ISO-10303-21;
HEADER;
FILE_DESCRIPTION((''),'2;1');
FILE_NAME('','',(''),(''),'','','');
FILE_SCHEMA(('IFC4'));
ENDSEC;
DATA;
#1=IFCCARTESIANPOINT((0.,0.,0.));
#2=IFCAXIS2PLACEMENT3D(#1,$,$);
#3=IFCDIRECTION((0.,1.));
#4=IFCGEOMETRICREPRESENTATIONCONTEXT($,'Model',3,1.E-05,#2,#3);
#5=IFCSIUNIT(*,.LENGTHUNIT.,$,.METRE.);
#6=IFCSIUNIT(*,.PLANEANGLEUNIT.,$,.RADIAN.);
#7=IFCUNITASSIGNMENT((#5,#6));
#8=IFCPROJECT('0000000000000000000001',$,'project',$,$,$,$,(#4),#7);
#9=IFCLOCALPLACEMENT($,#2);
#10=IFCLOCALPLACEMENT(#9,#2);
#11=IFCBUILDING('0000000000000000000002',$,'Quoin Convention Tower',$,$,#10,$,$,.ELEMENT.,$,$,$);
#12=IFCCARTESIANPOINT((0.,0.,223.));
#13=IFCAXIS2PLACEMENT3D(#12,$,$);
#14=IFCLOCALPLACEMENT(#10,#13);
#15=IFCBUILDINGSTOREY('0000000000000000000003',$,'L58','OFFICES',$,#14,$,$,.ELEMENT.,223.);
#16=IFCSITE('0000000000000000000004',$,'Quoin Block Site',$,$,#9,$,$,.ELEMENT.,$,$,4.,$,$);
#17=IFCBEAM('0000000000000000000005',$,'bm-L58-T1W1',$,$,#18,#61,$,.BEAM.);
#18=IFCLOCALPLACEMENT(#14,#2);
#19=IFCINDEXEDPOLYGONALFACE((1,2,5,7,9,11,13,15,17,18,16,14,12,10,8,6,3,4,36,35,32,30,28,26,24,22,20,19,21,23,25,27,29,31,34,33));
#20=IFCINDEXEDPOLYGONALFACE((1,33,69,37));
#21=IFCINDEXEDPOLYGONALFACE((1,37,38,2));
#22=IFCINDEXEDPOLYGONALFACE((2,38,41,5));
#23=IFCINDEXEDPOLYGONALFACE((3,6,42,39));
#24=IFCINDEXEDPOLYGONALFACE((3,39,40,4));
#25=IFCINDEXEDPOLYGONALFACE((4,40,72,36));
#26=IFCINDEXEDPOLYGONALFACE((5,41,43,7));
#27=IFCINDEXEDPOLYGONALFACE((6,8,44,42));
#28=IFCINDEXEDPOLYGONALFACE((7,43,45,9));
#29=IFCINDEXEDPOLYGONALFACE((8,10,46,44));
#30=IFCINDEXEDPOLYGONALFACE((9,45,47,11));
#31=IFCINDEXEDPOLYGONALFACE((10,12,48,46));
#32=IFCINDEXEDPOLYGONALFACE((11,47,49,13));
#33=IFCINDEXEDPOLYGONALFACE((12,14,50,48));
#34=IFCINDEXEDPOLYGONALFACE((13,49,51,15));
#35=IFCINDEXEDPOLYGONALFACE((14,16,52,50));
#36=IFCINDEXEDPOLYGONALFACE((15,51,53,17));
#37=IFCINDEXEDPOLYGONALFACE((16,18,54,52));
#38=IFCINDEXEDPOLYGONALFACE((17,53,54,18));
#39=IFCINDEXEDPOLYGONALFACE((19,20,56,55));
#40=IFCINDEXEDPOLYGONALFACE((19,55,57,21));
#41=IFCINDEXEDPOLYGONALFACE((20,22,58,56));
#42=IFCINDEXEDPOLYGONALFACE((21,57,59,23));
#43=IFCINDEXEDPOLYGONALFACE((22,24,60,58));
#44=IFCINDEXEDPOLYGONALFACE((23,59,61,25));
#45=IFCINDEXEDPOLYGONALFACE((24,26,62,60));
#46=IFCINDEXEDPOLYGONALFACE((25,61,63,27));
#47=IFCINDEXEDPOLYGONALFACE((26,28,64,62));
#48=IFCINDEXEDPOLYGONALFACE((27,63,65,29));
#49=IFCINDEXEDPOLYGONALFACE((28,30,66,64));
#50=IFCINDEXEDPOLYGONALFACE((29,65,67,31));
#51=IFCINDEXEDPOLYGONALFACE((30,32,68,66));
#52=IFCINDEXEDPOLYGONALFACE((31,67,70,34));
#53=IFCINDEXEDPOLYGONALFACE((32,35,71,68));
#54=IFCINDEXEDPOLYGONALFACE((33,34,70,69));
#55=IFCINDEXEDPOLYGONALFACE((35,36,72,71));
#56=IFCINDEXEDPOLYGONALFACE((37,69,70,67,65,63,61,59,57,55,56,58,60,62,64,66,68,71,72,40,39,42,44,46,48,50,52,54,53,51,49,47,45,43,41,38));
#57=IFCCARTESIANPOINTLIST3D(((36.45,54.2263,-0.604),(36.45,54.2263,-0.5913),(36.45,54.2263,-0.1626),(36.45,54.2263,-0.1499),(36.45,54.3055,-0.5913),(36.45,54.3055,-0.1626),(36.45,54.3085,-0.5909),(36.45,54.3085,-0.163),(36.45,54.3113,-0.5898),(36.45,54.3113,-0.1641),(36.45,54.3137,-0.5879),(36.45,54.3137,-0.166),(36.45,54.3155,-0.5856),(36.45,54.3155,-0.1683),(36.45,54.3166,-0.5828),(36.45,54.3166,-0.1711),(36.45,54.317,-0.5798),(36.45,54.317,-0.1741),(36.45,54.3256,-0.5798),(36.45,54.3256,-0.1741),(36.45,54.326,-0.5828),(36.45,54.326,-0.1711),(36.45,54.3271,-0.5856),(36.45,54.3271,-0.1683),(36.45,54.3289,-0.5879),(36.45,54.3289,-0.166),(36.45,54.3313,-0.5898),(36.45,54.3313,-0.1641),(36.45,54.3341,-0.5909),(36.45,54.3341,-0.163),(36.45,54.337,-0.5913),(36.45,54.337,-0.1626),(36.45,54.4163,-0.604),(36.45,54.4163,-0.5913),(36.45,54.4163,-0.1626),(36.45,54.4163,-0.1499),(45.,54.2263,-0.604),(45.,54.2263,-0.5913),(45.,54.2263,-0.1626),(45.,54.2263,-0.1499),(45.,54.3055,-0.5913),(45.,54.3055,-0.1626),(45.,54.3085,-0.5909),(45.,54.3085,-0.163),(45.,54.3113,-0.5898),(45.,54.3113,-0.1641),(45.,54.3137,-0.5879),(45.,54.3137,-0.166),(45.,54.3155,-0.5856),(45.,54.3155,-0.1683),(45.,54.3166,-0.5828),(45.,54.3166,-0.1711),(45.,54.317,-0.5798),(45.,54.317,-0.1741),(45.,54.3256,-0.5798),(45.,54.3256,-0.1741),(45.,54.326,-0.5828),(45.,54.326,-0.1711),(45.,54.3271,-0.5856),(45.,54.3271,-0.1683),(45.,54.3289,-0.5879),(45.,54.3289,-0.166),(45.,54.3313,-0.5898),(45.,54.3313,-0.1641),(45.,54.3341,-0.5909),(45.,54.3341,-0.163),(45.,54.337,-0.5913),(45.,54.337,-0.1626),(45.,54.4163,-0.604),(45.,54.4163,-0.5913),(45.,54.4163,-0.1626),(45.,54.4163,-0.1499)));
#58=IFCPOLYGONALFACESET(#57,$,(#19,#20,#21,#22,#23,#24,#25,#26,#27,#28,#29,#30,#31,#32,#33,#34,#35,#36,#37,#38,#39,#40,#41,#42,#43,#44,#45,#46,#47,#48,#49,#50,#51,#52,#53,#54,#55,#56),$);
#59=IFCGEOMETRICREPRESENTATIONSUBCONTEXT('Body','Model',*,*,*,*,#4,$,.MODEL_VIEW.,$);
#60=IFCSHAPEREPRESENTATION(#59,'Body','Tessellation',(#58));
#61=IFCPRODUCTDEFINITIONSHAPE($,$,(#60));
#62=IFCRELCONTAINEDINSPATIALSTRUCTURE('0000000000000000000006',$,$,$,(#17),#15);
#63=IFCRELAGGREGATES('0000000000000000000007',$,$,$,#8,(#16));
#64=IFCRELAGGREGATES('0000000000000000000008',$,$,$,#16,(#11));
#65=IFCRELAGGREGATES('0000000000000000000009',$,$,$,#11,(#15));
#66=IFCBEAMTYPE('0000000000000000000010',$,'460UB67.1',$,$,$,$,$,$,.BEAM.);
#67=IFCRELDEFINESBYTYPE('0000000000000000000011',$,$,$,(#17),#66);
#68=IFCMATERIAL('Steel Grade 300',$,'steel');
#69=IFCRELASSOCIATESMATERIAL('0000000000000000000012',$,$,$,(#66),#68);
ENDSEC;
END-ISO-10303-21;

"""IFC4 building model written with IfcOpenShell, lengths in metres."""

from ifc_helpers import new_model, si_unit, direction, frame, origin, origin_2d, place, context, subcontext, project, spatial, i_section, extrude, material, material_profile, profile_set, type_object, element, save


model = new_model("IFC4")

# Units and contexts
model_context = context("Model", 3, precision=1e-05, world=origin(), true_north=direction((0.0, 1.0)))
body_context = subcontext(model_context, "Body", "Model", "MODEL_VIEW")
ifc_project = project(units=[si_unit("LENGTHUNIT", "METRE"), si_unit("PLANEANGLEUNIT", "RADIAN")], contexts=[model_context])

# Site, building, storey
site_placement = place(None, origin())
site = spatial("IfcSite", under=ifc_project, at=site_placement, Name="Quoin Block Site", CompositionType="ELEMENT", RefElevation=4.0)
building_placement = place(site_placement, origin())
building = spatial("IfcBuilding", under=site, at=building_placement, Name="Quoin Convention Tower", CompositionType="ELEMENT")
storey_placement = place(building_placement, frame((0.0, 0.0, 223.0)))
storey = spatial("IfcBuildingStorey", under=building, at=storey_placement, Name="L58", Description="OFFICES", CompositionType="ELEMENT", Elevation=223.0)

# Beam
ifc_material_1 = material(Name="Steel Grade 300", Category="steel")
ifc_material_profile = material_profile(ifc_material_1, i_section(OverallWidth=0.1899, OverallDepth=0.4541, WebThickness=0.0085, FlangeThickness=0.0127, FilletRadius=0.0115, at=origin_2d()), Name="460UB67.1")
ifc_profile_set = profile_set([ifc_material_profile], Name="Steel Grade 300")
beam_type = type_object("IfcBeamType", Name="460UB67.1", PredefinedType="BEAM", material=ifc_profile_set)
beam_placement = place(storey_placement, frame((36.45, 54.3213, -0.377), z_axis=(1.0, 0.0, 0.0), x_axis=(0.0, 1.0, 0.0)))
element("IfcBeam", 1, at=beam_placement, inside=storey, type_object=beam_type, Name="bm-L58-T1W1", PredefinedType="BEAM", context=body_context, shape_type="SweptSolid", body=[
    extrude(i_section(OverallWidth=0.1899, OverallDepth=0.4541, WebThickness=0.0085, FlangeThickness=0.0127, FilletRadius=0.0115, at=origin_2d()), origin(), (0.0, 0.0, 1.0), 8.55),
])

save(model, "model.ifc")
